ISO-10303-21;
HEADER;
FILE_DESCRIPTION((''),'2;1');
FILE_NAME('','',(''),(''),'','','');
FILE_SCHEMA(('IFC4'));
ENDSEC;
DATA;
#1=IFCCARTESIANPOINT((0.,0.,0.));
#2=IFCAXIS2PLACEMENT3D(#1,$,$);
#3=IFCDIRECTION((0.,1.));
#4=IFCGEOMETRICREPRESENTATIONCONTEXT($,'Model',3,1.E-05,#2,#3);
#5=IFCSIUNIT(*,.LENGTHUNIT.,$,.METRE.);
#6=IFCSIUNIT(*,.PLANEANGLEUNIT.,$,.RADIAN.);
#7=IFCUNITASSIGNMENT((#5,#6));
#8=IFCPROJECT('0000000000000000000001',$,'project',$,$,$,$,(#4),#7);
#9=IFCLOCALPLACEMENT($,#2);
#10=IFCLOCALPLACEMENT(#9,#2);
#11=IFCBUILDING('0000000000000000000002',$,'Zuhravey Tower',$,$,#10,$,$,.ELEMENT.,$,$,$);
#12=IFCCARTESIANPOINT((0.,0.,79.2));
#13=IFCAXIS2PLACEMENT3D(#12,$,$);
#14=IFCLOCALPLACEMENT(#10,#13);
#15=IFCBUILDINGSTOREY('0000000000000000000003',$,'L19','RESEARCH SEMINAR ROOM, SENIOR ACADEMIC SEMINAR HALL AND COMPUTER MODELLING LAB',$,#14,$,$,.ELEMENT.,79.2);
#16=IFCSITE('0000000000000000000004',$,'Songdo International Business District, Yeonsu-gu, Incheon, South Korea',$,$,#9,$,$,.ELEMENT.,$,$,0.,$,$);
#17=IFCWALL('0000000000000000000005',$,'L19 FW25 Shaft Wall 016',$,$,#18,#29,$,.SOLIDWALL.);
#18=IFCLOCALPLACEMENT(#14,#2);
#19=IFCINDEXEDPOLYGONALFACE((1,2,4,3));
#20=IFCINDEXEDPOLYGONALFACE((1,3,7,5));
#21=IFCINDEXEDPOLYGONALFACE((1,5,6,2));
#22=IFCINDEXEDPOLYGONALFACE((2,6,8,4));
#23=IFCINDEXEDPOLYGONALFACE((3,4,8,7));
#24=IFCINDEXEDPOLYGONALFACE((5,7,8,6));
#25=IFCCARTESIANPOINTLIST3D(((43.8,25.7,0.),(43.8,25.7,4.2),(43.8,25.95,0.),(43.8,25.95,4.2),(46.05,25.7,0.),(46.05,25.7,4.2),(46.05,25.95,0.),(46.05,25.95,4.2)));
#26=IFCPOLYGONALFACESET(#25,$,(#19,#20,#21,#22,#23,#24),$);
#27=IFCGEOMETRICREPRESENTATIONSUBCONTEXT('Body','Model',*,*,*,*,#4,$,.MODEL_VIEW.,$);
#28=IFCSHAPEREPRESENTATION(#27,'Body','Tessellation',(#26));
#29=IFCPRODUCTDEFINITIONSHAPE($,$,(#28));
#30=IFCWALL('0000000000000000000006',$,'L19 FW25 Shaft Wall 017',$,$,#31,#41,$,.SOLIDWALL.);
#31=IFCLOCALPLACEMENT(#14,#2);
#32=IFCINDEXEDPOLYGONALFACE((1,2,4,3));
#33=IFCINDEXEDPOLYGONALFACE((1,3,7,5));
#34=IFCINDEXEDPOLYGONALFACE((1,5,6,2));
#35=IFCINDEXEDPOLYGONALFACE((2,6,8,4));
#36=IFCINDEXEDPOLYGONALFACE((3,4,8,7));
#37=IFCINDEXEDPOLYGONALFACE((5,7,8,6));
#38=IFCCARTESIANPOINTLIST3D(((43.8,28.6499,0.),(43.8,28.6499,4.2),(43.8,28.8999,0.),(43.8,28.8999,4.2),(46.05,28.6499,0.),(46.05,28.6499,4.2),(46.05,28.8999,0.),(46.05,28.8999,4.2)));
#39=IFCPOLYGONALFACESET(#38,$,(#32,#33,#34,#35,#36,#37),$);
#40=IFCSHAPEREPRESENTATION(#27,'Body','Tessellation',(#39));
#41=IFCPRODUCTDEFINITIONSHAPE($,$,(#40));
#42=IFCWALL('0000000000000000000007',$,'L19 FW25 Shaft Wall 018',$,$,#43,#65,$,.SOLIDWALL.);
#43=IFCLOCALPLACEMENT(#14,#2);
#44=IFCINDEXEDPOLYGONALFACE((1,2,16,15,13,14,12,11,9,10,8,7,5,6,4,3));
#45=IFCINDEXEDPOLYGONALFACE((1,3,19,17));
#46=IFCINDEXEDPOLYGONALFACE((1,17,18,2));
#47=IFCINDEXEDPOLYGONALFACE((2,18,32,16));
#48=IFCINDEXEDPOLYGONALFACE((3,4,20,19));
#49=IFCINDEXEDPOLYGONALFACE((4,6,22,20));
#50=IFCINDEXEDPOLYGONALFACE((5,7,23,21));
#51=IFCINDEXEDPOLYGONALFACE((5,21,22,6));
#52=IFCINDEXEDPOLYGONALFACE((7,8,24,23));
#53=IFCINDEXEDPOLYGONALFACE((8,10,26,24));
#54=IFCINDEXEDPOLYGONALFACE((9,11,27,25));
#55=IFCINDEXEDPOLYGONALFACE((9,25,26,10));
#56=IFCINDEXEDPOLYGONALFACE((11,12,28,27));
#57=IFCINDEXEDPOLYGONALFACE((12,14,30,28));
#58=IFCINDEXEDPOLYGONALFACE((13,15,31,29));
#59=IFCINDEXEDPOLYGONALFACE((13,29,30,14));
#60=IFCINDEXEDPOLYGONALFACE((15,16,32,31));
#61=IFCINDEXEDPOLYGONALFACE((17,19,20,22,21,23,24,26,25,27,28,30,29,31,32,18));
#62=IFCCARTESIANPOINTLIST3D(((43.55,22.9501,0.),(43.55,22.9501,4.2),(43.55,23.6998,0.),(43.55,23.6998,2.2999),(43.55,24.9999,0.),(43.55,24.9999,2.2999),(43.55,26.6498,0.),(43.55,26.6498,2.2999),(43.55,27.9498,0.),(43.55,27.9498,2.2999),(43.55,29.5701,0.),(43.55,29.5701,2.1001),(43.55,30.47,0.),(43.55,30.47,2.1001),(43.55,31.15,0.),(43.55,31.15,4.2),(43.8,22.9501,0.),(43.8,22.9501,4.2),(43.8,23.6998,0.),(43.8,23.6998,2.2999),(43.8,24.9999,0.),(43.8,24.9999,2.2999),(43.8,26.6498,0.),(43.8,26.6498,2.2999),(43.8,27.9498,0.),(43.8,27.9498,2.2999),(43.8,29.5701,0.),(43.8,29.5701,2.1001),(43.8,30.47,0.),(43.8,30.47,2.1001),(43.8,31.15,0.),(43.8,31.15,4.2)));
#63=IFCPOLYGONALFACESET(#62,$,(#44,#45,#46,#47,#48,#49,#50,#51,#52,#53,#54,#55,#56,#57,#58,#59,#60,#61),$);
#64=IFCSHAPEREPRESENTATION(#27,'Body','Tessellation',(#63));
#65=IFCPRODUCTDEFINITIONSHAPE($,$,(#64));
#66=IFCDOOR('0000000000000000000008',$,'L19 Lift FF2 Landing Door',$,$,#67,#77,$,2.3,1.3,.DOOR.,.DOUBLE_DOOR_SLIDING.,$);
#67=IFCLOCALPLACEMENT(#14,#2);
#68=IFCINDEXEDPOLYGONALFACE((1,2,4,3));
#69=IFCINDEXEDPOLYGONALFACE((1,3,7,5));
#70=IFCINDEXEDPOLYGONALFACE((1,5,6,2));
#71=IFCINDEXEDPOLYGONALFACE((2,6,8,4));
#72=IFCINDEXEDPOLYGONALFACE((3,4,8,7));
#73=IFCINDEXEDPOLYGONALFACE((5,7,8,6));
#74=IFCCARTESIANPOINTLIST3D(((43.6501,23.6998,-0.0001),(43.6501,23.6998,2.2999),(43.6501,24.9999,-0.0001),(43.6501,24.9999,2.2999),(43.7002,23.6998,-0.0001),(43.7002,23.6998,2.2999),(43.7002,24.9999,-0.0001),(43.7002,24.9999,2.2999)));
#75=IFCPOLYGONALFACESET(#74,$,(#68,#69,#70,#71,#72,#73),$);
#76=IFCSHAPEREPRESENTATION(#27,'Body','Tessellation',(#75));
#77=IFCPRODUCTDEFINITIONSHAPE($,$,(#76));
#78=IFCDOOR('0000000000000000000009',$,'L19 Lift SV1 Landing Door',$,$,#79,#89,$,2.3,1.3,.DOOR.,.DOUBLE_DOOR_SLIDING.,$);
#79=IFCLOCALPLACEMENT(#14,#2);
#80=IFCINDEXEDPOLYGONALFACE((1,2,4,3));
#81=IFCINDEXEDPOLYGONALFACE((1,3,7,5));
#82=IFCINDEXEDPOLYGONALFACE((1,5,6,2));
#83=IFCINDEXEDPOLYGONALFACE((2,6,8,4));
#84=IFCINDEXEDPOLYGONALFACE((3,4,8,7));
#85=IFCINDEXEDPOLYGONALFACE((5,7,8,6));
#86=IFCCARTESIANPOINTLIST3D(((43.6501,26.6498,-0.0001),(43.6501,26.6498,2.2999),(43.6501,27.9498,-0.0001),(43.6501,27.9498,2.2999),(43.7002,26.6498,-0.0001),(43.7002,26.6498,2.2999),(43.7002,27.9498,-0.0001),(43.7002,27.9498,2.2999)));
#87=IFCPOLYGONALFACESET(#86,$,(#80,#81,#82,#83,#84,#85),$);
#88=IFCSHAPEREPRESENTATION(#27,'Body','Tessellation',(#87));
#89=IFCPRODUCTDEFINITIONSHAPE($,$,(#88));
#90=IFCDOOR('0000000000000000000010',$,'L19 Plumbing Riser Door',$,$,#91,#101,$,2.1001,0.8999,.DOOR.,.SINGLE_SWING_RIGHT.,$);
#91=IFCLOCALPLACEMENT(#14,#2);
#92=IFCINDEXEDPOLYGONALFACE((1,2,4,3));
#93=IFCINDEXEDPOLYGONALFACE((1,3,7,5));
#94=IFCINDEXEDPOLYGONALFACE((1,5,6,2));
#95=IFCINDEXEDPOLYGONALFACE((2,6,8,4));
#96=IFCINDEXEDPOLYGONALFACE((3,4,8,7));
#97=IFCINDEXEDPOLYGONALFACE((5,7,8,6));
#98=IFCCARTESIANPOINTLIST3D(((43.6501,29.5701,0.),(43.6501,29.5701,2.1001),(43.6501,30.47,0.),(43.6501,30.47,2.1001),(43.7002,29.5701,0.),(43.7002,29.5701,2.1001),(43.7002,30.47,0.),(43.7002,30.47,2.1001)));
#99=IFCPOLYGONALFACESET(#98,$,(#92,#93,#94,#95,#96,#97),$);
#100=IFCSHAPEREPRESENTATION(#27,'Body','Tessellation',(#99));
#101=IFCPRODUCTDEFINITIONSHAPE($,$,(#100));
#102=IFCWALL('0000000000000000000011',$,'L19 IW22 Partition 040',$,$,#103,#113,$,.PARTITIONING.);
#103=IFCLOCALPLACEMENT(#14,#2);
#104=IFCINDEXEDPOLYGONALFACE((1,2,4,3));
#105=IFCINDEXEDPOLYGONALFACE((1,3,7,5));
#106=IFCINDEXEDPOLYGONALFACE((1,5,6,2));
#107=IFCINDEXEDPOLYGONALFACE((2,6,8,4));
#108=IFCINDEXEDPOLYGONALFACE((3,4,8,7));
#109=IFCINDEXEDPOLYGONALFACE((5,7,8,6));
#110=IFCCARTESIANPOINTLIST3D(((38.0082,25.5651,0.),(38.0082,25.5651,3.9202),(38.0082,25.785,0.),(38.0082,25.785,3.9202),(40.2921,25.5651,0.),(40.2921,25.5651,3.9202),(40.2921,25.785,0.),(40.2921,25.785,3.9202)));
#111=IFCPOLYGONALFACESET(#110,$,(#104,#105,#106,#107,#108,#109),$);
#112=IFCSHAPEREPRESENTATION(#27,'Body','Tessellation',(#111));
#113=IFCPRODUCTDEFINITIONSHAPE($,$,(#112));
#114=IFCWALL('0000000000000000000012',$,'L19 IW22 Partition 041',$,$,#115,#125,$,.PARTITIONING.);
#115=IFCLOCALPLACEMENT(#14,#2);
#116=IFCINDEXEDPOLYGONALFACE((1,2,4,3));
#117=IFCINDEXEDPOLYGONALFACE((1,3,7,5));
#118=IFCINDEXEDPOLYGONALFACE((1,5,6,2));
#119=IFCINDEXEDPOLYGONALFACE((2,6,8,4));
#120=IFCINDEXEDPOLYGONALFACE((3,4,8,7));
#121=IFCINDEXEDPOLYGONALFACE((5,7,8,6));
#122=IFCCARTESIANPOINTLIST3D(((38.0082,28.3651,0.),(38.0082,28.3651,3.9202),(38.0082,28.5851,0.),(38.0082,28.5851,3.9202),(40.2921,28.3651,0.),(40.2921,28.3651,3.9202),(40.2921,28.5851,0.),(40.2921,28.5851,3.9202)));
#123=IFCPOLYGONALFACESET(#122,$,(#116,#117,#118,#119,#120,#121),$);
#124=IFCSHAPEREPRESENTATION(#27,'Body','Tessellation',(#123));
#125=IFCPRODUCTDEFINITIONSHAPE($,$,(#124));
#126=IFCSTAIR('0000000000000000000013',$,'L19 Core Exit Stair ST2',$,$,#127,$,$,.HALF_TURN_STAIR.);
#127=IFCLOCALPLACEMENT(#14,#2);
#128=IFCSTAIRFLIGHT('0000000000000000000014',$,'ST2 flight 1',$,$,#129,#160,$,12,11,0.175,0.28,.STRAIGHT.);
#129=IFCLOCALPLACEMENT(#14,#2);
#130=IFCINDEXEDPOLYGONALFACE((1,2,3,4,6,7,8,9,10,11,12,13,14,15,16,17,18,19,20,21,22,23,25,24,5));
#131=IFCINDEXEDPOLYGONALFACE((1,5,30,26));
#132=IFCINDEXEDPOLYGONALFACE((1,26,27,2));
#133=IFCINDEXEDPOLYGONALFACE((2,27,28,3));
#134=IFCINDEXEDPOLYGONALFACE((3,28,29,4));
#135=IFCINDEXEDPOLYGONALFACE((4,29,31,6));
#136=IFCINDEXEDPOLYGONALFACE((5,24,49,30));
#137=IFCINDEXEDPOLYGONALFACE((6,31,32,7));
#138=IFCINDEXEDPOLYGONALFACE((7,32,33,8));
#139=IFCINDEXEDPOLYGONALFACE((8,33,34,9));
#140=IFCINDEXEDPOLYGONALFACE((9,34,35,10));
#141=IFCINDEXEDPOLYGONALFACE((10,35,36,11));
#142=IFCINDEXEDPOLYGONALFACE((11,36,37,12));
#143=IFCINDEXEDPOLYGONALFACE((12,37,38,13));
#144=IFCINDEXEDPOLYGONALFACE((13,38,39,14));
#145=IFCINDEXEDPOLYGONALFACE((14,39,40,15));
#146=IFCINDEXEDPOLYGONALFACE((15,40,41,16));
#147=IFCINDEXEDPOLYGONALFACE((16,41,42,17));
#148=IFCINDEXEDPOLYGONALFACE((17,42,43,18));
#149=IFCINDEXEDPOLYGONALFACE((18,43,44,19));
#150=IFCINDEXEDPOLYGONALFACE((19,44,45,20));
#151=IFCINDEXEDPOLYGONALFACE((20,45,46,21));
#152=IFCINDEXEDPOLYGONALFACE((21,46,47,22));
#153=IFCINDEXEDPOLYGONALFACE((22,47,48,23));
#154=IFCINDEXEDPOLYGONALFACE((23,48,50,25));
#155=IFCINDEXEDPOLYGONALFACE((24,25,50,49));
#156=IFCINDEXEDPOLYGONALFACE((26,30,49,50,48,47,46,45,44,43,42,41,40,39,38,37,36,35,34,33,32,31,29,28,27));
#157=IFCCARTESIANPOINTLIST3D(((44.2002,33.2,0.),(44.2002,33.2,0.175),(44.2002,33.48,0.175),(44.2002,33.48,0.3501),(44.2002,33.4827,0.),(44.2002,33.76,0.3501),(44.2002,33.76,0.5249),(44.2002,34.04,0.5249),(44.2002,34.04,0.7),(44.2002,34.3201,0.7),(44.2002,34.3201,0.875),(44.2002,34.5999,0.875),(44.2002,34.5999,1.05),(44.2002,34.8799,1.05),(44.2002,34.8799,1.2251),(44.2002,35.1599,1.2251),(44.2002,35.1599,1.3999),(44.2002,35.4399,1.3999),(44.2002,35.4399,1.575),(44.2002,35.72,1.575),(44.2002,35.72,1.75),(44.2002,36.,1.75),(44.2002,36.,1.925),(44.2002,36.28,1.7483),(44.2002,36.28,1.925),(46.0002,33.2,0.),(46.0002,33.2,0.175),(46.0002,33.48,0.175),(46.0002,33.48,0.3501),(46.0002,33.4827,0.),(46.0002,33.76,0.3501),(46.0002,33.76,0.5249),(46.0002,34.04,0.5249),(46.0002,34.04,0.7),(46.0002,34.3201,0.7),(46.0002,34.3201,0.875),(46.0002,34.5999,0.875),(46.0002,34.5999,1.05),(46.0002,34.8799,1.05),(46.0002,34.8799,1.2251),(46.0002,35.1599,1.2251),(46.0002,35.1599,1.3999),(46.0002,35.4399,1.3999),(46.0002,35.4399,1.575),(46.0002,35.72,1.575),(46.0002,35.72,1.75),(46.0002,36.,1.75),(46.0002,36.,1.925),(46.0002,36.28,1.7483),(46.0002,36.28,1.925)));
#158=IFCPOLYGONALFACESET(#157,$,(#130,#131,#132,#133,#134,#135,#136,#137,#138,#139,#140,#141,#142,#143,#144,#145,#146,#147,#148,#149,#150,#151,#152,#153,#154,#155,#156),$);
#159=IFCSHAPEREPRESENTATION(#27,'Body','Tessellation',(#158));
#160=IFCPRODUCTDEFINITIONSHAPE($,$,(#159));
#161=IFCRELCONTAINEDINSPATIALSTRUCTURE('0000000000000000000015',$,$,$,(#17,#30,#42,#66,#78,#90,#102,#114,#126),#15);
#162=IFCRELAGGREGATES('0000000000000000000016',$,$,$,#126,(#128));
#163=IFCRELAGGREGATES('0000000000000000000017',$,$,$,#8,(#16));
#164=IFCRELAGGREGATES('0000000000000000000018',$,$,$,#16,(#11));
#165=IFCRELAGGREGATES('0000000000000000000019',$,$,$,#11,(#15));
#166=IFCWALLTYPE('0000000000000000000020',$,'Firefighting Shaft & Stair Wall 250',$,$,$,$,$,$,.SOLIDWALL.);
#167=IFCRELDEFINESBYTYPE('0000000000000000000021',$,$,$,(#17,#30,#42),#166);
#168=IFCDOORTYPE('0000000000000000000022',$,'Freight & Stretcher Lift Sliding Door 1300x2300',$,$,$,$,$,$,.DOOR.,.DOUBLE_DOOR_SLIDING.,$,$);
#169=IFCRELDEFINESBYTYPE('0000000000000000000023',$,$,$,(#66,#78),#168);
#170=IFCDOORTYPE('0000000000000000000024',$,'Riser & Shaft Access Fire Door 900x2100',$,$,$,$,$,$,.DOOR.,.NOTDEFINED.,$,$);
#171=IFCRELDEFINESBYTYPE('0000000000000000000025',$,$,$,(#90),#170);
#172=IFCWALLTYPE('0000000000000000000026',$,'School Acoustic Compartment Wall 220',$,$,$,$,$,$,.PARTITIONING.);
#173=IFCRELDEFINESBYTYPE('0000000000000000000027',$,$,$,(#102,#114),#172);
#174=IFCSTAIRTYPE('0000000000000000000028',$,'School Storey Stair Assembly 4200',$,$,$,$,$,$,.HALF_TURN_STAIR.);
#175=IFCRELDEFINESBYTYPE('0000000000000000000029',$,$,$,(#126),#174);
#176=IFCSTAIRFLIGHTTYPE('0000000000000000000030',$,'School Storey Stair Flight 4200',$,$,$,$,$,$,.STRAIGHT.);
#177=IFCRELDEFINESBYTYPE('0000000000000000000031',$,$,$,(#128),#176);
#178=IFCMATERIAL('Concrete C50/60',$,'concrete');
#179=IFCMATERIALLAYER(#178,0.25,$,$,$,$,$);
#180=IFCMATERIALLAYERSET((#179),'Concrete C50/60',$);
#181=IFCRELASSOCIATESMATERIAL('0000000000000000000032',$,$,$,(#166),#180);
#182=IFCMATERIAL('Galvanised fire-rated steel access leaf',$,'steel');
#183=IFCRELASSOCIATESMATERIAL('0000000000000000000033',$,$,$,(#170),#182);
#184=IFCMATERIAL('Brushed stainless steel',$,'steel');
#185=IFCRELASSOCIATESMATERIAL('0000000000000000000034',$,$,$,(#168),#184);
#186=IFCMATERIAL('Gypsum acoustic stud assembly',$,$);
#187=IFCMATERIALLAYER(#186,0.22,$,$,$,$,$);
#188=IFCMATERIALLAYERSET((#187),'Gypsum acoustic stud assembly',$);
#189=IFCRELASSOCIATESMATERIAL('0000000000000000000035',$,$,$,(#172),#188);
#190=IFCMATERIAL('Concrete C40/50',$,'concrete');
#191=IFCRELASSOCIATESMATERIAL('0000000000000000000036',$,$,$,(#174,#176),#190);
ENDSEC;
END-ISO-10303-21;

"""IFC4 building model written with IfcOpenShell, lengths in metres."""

from ifc_helpers import new_model, si_unit, direction, frame, frame_2d, origin, place, context, subcontext, project, spatial, polyline, rectangle, outline, extrude, material, layer, layer_set, type_object, element, fill, aggregate, save


model = new_model("IFC4")

# Units and contexts
model_context = context("Model", 3, precision=1e-05, world=origin(), true_north=direction((0.0, 1.0)))
body_context = subcontext(model_context, "Body", "Model", "MODEL_VIEW")
ifc_project = project(units=[si_unit("LENGTHUNIT", "METRE"), si_unit("PLANEANGLEUNIT", "RADIAN")], contexts=[model_context])

# Site, building, storey
site_placement = place(None, origin())
site = spatial("IfcSite", under=ifc_project, at=site_placement, Name="Songdo International Business District, Yeonsu-gu, Incheon, South Korea", CompositionType="ELEMENT", RefElevation=0.0)
building_placement = place(site_placement, origin())
building = spatial("IfcBuilding", under=site, at=building_placement, Name="Zuhravey Tower", CompositionType="ELEMENT")
storey_placement = place(building_placement, frame((0.0, 0.0, 79.2)))
storey = spatial("IfcBuildingStorey", under=building, at=storey_placement, Name="L19", Description="RESEARCH SEMINAR ROOM, SENIOR ACADEMIC SEMINAR HALL AND COMPUTER MODELLING LAB", CompositionType="ELEMENT", Elevation=79.2)

# Shared definitions
ifc_material_1 = material(Name="Concrete C50/60", Category="concrete")
ifc_layer_1 = layer(ifc_material_1, 0.25)
ifc_layer_set_1 = layer_set([ifc_layer_1], Name="Concrete C50/60")
wall_type_1 = type_object("IfcWallType", Name="Firefighting Shaft & Stair Wall 250", PredefinedType="SOLIDWALL", material=ifc_layer_set_1)

# Shared definitions
ifc_material_2 = material(Name="Galvanised fire-rated steel access leaf", Category="steel")
door_type_1 = type_object("IfcDoorType", Name="Riser & Shaft Access Fire Door 900x2100", OperationType="NOTDEFINED", PredefinedType="DOOR", material=ifc_material_2)

# Walls
for number, where, z_axis, x_axis, name in (
    (1, (43.8, 25.825, 0.0), (0.0, 0.0, 1.0), (1.0, 0.0, 0.0), "L19 FW25 Shaft Wall 016"),
    (2, (43.8, 28.7749, 0.0), (0.0, 0.0, 1.0), (1.0, 0.0, 0.0), "L19 FW25 Shaft Wall 017"),
):
    element("IfcWall", number, at=place(storey_placement, frame(where, z_axis=z_axis, x_axis=x_axis)), inside=storey, type_object=wall_type_1, Name=name, PredefinedType="SOLIDWALL", context=body_context, shape_type="SweptSolid", body=[
        extrude(rectangle(XDim=2.25, YDim=0.25, at=frame_2d((1.125, 0.0))), origin(), (0.0, 0.0, 1.0), 4.2),
    ])

# Wall, openings, doors
wall_1_placement = place(storey_placement, frame((43.675, 22.95, 0.0), z_axis=(0.0, 0.0, 1.0), x_axis=(0.0, 1.0, 0.0)))
wall_1 = element("IfcWall", 3, at=wall_1_placement, inside=storey, type_object=wall_type_1, Name="L19 FW25 Shaft Wall 018", PredefinedType="SOLIDWALL", context=body_context, shape_type="SweptSolid", body=[
    extrude(rectangle(XDim=8.2, YDim=0.25, at=frame_2d((4.1001, 0.0))), origin(), (0.0, 0.0, 1.0), 4.2),
])
opening_1_placement = place(wall_1_placement, frame((0.75, 0.0, 0.0)))
opening_1 = element("IfcOpeningElement", 4, at=opening_1_placement, cuts=wall_1, PredefinedType="OPENING", context=body_context, shape_type="SweptSolid", body=[
    extrude(rectangle(XDim=1.3, YDim=2.3, at=frame_2d((0.6499, 1.1499))), frame((0.0, 0.137, 0.0), z_axis=(0.0, -1.0, 0.0), x_axis=(1.0, 0.0, 0.0)), (0.0, 0.0, 1.0), 0.2739),
])
opening_2_placement = place(wall_1_placement, frame((3.7, 0.0, 0.0)))
opening_2 = element("IfcOpeningElement", 5, at=opening_2_placement, cuts=wall_1, PredefinedType="OPENING", context=body_context, shape_type="SweptSolid", body=[
    extrude(rectangle(XDim=1.3, YDim=2.3, at=frame_2d((0.6499, 1.1499))), frame((0.0, 0.137, 0.0), z_axis=(0.0, -1.0, 0.0), x_axis=(1.0, 0.0, 0.0)), (0.0, 0.0, 1.0), 0.2739),
])
opening_3_placement = place(wall_1_placement, frame((6.6201, 0.0, 0.0)))
opening_3 = element("IfcOpeningElement", 6, at=opening_3_placement, cuts=wall_1, PredefinedType="OPENING", context=body_context, shape_type="SweptSolid", body=[
    extrude(rectangle(XDim=0.8999, YDim=2.1001, at=frame_2d((0.45, 1.05))), frame((0.0, 0.137, 0.0), z_axis=(0.0, -1.0, 0.0), x_axis=(1.0, 0.0, 0.0)), (0.0, 0.0, 1.0), 0.2739),
])
ifc_material_3 = material(Name="Brushed stainless steel", Category="steel")
door_type_2 = type_object("IfcDoorType", Name="Freight & Stretcher Lift Sliding Door 1300x2300", OperationType="DOUBLE_DOOR_SLIDING", PredefinedType="DOOR", material=ifc_material_3)
door_1_placement = place(opening_1_placement, origin())
door_1 = element("IfcDoor", 7, at=door_1_placement, inside=storey, type_object=door_type_2, Name="L19 Lift FF2 Landing Door", OperationType="DOUBLE_DOOR_SLIDING", OverallHeight=2.3, OverallWidth=1.3, PredefinedType="DOOR", context=body_context, shape_type="SweptSolid", body=[
    extrude(rectangle(XDim=1.3, YDim=2.3, at=frame_2d((0.6499, 1.1499))), frame((0.0, 0.0249, 0.0), z_axis=(0.0, -1.0, 0.0), x_axis=(1.0, 0.0, 0.0)), (0.0, 0.0, 1.0), 0.05),
])
fill(opening_1, door_1)
door_2_placement = place(opening_2_placement, origin())
door_2 = element("IfcDoor", 8, at=door_2_placement, inside=storey, type_object=door_type_2, Name="L19 Lift SV1 Landing Door", OperationType="DOUBLE_DOOR_SLIDING", OverallHeight=2.3, OverallWidth=1.3, PredefinedType="DOOR", context=body_context, shape_type="SweptSolid", body=[
    extrude(rectangle(XDim=1.3, YDim=2.3, at=frame_2d((0.6499, 1.1499))), frame((0.0, 0.0249, 0.0), z_axis=(0.0, -1.0, 0.0), x_axis=(1.0, 0.0, 0.0)), (0.0, 0.0, 1.0), 0.05),
])
fill(opening_2, door_2)
door_3_placement = place(opening_3_placement, origin())
door_3 = element("IfcDoor", 9, at=door_3_placement, inside=storey, type_object=door_type_1, Name="L19 Plumbing Riser Door", OperationType="SINGLE_SWING_RIGHT", OverallHeight=2.1001, OverallWidth=0.8999, PredefinedType="DOOR", context=body_context, shape_type="SweptSolid", body=[
    extrude(rectangle(XDim=0.8999, YDim=2.1001, at=frame_2d((0.45, 1.05))), frame((0.0, 0.0249, 0.0), z_axis=(0.0, -1.0, 0.0), x_axis=(1.0, 0.0, 0.0)), (0.0, 0.0, 1.0), 0.05),
])
fill(opening_3, door_3)

# Walls
ifc_material_4 = material(Name="Gypsum acoustic stud assembly")
ifc_layer_2 = layer(ifc_material_4, 0.22)
ifc_layer_set_2 = layer_set([ifc_layer_2], Name="Gypsum acoustic stud assembly")
wall_type_2 = type_object("IfcWallType", Name="School Acoustic Compartment Wall 220", PredefinedType="PARTITIONING", material=ifc_layer_set_2)
for number, where, z_axis, x_axis, name in (
    (10, (38.0081, 25.675, 0.0), (0.0, 0.0, 1.0), (1.0, 0.0, 0.0), "L19 IW22 Partition 040"),
    (11, (38.0081, 28.4751, 0.0), (0.0, 0.0, 1.0), (1.0, 0.0, 0.0), "L19 IW22 Partition 041"),
):
    element("IfcWall", number, at=place(storey_placement, frame(where, z_axis=z_axis, x_axis=x_axis)), inside=storey, type_object=wall_type_2, Name=name, PredefinedType="PARTITIONING", context=body_context, shape_type="SweptSolid", body=[
        extrude(rectangle(XDim=2.2839, YDim=0.22, at=frame_2d((1.1421, 0.0))), origin(), (0.0, 0.0, 1.0), 3.9202),
    ])

# Stair, stair flight
ifc_material_5 = material(Name="Concrete C40/50", Category="concrete")
stair_type = type_object("IfcStairType", Name="School Storey Stair Assembly 4200", PredefinedType="HALF_TURN_STAIR", material=ifc_material_5)
stair_placement = place(storey_placement, origin())
stair = element("IfcStair", 12, at=stair_placement, inside=storey, type_object=stair_type, Name="L19 Core Exit Stair ST2", PredefinedType="HALF_TURN_STAIR")
stair_flight_type = type_object("IfcStairFlightType", Name="School Storey Stair Flight 4200", PredefinedType="STRAIGHT", material=ifc_material_5)
stair_flight_placement = place(storey_placement, frame((45.1001, 33.2, 0.0), z_axis=(0.0, 0.0, 1.0), x_axis=(0.0, 1.0, 0.0)))
stair_flight = element("IfcStairFlight", 13, at=stair_flight_placement, type_object=stair_flight_type, Name="ST2 flight 1", NumberOfRisers=12, NumberOfTreads=11, PredefinedType="STRAIGHT", RiserHeight=0.175, TreadLength=0.28, context=body_context, shape_type="SweptSolid", body=[
    extrude(outline(polyline([(0.0, 0.0), (0.0, 0.175), (0.28, 0.175), (0.28, 0.3501), (0.5601, 0.3501), (0.5601, 0.5249), (0.8401, 0.5249), (0.8401, 0.7), (1.1201, 0.7), (1.1201, 0.875), (1.3999, 0.875), (1.3999, 1.05), (1.6799, 1.05), (1.6799, 1.2251), (1.96, 1.2251), (1.96, 1.3999), (2.24, 1.3999), (2.24, 1.575), (2.52, 1.575), (2.52, 1.75), (2.8, 1.75), (2.8, 1.925), (3.0801, 1.925), (3.0801, 2.1001), (3.0801, 1.7483), (0.2827, 0.0), (0.0, 0.0)])), frame((0.0, 0.8999, 0.0), z_axis=(0.0, -1.0, 0.0), x_axis=(1.0, 0.0, 0.0)), (0.0, 0.0, 1.0), 1.8),
])
aggregate(stair, [stair_flight])

save(model, "model.ifc")
